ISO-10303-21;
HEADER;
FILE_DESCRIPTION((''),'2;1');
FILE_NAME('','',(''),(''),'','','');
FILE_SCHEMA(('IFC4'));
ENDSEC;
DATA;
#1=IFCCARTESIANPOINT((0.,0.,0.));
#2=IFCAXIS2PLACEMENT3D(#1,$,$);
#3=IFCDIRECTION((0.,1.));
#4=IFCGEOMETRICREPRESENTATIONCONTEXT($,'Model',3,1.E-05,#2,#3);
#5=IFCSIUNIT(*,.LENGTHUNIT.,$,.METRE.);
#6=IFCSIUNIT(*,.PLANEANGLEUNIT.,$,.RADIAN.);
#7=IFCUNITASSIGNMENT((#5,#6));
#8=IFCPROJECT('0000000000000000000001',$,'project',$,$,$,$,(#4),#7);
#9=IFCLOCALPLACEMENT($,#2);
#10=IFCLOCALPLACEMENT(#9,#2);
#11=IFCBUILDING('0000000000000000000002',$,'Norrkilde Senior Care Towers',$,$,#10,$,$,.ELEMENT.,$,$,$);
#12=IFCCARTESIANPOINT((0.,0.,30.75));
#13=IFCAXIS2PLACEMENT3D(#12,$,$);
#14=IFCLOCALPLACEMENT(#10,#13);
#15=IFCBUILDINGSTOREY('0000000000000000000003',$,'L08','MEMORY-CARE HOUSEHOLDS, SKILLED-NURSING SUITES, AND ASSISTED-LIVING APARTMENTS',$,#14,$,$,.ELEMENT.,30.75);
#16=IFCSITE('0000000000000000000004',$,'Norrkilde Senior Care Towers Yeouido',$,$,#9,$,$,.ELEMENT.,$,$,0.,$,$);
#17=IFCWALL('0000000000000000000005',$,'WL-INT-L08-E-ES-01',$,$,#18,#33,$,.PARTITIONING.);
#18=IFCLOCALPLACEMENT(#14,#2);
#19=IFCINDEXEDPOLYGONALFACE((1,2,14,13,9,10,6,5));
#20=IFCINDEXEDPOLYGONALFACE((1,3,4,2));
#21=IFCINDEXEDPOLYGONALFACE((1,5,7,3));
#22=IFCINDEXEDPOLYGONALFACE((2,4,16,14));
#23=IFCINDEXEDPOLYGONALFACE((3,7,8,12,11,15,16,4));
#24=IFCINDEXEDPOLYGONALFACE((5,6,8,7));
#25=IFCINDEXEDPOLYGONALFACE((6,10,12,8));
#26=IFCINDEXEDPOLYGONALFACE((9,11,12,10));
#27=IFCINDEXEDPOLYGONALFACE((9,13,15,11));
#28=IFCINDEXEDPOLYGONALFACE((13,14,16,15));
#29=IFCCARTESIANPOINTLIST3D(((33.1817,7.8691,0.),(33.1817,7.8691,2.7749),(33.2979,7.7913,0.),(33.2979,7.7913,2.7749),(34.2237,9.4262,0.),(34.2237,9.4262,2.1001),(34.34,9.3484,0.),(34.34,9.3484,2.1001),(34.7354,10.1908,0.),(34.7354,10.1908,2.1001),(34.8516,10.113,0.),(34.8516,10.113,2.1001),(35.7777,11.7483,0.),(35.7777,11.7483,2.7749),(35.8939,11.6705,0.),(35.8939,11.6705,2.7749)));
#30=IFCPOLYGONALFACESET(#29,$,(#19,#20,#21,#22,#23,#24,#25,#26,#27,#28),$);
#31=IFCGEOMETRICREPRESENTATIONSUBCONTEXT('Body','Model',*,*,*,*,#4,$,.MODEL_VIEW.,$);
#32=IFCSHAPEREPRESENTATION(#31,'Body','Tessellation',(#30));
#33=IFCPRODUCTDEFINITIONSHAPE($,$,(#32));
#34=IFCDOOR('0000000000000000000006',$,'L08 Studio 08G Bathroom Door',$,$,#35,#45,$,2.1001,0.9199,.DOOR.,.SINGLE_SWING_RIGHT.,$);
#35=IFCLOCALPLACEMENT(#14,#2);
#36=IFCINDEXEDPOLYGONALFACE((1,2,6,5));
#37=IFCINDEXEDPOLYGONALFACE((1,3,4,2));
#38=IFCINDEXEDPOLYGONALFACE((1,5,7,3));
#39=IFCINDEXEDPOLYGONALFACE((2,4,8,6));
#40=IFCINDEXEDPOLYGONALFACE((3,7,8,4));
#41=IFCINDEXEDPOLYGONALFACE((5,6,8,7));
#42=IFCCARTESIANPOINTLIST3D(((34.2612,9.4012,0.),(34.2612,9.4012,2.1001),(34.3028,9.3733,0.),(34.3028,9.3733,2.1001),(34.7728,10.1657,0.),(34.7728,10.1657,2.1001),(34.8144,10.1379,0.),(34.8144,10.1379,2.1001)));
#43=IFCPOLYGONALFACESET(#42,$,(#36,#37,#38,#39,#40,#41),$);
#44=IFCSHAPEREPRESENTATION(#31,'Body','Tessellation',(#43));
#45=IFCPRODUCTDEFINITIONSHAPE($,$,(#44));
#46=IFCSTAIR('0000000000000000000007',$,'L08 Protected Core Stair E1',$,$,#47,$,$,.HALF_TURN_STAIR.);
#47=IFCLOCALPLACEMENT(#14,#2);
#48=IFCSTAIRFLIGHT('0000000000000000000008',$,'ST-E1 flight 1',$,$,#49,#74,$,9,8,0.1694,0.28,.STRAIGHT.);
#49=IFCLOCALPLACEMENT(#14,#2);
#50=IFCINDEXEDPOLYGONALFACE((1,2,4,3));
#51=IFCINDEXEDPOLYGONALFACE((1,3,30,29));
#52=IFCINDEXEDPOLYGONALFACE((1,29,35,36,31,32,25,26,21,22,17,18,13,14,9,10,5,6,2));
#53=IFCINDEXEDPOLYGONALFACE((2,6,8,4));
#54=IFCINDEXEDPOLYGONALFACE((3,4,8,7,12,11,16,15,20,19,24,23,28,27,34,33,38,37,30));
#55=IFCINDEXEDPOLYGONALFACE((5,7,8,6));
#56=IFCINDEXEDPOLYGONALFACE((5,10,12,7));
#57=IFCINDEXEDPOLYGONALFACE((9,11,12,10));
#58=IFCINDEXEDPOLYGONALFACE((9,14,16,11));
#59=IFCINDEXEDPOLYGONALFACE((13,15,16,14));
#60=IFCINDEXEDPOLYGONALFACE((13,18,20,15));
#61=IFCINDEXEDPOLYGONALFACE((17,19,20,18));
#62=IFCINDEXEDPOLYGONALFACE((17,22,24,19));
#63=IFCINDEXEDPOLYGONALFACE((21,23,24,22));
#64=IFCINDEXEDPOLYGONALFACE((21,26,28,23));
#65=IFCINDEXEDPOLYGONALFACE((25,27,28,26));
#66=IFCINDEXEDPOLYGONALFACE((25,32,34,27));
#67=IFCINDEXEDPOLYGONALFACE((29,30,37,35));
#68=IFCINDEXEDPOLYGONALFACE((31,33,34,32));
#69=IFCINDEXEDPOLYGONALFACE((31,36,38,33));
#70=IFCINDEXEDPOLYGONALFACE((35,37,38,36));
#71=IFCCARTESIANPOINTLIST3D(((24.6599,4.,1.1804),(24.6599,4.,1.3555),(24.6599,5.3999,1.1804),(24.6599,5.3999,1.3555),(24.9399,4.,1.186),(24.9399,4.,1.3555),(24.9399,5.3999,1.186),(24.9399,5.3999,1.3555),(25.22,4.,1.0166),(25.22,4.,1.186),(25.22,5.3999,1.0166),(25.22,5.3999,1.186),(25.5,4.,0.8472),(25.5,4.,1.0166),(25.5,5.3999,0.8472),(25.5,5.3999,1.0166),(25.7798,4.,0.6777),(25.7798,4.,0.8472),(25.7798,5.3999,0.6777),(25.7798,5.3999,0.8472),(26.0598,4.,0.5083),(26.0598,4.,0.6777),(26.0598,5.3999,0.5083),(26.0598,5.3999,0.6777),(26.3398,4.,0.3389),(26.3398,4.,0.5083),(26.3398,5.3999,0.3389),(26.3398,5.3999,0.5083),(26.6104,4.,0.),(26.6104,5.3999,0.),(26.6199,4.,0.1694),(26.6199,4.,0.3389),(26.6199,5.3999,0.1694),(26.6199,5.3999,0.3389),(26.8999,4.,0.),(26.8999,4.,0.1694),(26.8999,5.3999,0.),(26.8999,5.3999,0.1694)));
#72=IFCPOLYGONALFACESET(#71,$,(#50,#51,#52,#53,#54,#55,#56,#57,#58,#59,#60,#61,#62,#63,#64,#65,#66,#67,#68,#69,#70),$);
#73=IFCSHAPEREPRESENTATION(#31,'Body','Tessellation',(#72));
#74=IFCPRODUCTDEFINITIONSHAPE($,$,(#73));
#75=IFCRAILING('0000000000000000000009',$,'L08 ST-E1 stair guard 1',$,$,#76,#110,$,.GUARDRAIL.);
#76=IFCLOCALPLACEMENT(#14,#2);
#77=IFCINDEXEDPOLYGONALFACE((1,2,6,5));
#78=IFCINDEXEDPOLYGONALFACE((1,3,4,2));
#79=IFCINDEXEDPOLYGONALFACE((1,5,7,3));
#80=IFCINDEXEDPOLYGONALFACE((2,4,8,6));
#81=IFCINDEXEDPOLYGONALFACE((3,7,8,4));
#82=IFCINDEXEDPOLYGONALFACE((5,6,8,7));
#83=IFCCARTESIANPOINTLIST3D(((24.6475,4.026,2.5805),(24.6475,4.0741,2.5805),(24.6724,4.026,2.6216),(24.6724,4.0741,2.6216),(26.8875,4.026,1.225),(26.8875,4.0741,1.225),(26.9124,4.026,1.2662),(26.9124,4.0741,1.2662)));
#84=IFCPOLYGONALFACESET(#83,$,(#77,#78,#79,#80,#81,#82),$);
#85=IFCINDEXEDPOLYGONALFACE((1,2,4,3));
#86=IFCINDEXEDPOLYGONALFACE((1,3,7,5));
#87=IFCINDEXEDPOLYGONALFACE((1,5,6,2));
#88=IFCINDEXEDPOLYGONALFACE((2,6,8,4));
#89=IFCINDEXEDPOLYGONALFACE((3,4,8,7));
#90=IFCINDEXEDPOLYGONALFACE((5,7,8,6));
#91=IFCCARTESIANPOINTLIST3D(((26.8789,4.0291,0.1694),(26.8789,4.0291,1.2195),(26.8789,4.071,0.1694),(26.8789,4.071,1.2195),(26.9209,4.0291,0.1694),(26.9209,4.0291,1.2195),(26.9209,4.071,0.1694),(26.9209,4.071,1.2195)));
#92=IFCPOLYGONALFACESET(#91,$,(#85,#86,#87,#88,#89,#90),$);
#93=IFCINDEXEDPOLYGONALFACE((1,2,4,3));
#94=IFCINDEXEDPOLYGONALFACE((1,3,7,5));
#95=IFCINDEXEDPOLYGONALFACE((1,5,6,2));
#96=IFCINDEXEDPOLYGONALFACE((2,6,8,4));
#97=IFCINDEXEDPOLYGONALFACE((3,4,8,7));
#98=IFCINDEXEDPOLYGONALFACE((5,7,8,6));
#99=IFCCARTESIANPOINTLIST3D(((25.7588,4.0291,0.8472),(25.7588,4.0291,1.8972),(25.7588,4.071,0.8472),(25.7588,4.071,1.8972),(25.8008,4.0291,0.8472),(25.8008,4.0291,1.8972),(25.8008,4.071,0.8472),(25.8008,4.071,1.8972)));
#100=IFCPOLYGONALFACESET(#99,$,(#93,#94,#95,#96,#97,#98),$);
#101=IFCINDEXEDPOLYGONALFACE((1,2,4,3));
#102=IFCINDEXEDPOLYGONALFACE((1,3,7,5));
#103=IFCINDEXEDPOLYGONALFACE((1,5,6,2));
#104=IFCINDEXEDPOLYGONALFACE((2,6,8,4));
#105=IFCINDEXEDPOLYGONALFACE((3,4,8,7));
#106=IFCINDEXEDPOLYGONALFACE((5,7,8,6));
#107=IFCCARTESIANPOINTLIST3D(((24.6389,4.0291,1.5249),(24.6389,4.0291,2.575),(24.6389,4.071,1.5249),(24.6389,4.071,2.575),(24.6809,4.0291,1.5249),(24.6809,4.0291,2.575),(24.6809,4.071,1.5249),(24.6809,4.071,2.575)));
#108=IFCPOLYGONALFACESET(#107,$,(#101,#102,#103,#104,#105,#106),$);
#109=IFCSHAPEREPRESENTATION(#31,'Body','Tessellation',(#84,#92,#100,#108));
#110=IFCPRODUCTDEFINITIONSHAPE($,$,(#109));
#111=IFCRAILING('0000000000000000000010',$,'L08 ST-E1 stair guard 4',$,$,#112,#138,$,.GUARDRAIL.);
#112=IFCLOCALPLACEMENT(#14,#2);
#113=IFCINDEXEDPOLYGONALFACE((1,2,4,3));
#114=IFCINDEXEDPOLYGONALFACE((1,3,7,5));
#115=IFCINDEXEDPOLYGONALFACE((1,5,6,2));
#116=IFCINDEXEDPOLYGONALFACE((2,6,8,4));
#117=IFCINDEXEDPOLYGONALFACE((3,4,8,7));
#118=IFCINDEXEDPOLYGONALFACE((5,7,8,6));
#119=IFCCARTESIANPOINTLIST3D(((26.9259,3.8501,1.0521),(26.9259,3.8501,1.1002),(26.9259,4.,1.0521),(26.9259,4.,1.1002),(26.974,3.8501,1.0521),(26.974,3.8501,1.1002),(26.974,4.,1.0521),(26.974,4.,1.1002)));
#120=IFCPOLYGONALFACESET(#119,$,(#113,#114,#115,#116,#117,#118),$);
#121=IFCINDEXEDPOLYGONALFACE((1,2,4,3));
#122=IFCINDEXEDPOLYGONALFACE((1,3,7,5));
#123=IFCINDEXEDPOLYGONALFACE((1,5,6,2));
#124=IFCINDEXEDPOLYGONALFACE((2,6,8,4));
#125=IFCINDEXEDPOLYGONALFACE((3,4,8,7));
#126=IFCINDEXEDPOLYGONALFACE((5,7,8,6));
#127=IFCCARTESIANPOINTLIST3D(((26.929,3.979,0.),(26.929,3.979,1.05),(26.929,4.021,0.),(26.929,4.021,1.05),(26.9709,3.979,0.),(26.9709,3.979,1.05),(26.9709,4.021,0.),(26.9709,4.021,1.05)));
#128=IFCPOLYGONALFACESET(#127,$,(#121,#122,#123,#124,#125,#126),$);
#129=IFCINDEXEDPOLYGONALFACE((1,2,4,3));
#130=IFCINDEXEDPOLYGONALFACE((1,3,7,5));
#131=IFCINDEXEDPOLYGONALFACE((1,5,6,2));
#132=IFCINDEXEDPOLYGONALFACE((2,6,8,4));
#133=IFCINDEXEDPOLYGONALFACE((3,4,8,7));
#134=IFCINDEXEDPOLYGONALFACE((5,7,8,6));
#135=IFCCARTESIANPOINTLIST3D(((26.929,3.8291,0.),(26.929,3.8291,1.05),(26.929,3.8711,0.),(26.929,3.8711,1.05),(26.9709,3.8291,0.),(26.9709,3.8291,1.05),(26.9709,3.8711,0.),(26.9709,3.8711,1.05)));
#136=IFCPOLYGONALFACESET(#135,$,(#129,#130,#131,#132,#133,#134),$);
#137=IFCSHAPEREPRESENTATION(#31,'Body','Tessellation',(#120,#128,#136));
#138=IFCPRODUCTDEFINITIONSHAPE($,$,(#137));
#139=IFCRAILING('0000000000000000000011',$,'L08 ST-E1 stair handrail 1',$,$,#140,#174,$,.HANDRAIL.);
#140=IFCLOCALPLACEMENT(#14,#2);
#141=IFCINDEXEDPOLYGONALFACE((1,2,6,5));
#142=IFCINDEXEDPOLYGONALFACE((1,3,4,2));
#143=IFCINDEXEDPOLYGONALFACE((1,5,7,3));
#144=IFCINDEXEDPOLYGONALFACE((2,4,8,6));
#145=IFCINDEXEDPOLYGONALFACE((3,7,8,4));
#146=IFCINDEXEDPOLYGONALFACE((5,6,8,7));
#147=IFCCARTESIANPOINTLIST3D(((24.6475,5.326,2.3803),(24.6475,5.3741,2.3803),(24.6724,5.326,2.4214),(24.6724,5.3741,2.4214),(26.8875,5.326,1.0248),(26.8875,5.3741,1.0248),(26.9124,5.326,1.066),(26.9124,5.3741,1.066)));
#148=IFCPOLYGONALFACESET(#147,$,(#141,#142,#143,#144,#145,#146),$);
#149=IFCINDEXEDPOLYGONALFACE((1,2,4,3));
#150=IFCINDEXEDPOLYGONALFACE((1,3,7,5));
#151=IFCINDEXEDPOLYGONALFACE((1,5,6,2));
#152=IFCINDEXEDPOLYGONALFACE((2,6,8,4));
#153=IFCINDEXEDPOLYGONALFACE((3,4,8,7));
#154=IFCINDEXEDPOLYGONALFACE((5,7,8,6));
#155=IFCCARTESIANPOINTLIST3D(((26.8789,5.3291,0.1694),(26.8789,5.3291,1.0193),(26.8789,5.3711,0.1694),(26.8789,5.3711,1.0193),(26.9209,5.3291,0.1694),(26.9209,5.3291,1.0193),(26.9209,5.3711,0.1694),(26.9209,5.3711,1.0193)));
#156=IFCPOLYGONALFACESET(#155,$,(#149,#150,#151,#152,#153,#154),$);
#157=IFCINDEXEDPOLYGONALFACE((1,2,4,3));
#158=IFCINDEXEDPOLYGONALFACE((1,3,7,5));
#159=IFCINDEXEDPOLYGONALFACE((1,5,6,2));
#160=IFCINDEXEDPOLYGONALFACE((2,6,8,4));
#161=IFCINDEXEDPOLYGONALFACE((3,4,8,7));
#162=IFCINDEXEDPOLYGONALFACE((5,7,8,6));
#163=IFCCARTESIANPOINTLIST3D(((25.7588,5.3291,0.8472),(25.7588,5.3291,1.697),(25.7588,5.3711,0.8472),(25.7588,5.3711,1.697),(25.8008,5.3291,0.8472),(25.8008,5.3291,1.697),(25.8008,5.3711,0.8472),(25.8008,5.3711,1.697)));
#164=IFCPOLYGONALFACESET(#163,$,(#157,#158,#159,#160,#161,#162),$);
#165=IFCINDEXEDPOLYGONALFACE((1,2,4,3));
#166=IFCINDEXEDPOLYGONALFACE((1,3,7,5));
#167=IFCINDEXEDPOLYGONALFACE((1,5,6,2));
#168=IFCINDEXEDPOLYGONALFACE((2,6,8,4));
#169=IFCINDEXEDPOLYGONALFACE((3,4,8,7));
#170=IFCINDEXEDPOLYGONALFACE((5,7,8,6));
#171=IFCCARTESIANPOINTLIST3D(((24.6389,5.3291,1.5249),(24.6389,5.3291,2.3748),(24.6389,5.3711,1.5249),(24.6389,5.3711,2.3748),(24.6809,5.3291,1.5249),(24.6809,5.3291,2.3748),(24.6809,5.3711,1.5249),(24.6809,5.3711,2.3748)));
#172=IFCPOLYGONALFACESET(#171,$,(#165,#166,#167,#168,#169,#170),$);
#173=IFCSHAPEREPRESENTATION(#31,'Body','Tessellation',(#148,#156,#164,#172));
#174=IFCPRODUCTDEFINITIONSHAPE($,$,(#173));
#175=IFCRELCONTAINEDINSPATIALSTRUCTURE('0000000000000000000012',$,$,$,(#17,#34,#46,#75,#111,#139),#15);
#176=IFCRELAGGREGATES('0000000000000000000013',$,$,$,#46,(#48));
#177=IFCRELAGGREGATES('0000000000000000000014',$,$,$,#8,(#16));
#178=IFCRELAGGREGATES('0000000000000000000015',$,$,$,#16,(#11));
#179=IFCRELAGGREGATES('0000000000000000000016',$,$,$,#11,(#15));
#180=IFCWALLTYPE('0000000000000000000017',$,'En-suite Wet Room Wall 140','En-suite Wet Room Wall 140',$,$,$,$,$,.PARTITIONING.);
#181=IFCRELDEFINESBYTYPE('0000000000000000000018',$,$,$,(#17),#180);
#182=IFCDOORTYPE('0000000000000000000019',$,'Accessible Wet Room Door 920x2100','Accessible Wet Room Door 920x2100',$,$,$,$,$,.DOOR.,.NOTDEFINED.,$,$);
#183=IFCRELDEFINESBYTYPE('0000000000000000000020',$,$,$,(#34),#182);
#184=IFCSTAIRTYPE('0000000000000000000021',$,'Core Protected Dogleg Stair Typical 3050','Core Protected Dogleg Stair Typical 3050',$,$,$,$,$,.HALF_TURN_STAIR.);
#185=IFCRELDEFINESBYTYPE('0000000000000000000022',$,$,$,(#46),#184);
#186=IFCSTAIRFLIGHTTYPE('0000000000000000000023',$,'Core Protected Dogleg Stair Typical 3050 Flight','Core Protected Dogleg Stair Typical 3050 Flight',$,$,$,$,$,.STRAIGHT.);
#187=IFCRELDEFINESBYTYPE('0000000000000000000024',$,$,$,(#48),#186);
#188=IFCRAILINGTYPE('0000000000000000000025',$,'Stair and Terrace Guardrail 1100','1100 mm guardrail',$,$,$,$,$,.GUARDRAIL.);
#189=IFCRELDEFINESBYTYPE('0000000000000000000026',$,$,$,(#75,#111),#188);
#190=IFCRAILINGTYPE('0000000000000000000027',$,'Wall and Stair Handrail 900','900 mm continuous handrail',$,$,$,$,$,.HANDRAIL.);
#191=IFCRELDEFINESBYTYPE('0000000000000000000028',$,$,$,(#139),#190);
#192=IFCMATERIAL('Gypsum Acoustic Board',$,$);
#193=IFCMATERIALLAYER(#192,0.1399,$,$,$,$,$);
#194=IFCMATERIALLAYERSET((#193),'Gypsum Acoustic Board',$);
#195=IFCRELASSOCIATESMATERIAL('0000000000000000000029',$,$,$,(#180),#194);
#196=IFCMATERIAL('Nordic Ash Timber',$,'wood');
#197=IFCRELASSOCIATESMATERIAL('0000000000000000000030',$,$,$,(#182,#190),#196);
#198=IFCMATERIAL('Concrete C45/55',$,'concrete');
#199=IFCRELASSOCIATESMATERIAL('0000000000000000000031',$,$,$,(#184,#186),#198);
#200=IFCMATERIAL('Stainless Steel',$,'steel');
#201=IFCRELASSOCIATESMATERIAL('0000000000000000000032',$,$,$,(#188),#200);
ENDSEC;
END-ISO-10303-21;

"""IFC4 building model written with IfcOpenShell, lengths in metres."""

from ifc_helpers import new_model, si_unit, direction, frame, frame_2d, origin, origin_2d, place, context, subcontext, project, spatial, polyline, rectangle, outline, extrude, source, transform, mapped, material, layer, layer_set, type_object, type_shapes, element, fill, aggregate, save


model = new_model("IFC4")

# Units and contexts
model_context = context("Model", 3, precision=1e-05, world=origin(), true_north=direction((0.0, 1.0)))
body_context = subcontext(model_context, "Body", "Model", "MODEL_VIEW")
ifc_project = project(units=[si_unit("LENGTHUNIT", "METRE"), si_unit("PLANEANGLEUNIT", "RADIAN")], contexts=[model_context])

# Site, building, storey
site_placement = place(None, origin())
site = spatial("IfcSite", under=ifc_project, at=site_placement, Name="Norrkilde Senior Care Towers Yeouido", CompositionType="ELEMENT", RefElevation=0.0)
building_placement = place(site_placement, origin())
building = spatial("IfcBuilding", under=site, at=building_placement, Name="Norrkilde Senior Care Towers", CompositionType="ELEMENT")
storey_placement = place(building_placement, frame((0.0, 0.0, 30.75)))
storey = spatial("IfcBuildingStorey", under=building, at=storey_placement, Name="L08", Description="MEMORY-CARE HOUSEHOLDS, SKILLED-NURSING SUITES, AND ASSISTED-LIVING APARTMENTS", CompositionType="ELEMENT", Elevation=30.75)

# Shared definitions
ifc_material_1 = material(Name="Concrete C45/55", Category="concrete")
ifc_material_2 = material(Name="Stainless Steel", Category="steel")

# Shared definitions
ifc_material_3 = material(Name="Gypsum Acoustic Board")
ifc_layer_1 = layer(ifc_material_3, 0.1399)
ifc_layer_set_1 = layer_set([ifc_layer_1], Name="Gypsum Acoustic Board")
wall_type_1 = type_object("IfcWallType", Name="En-suite Wet Room Wall 140", Description="En-suite Wet Room Wall 140", PredefinedType="PARTITIONING", material=ifc_layer_set_1)

# Wall, opening, door
shared_shape_1 = source(origin(), body_context, "Body", "SweptSolid", [
    extrude(rectangle(XDim=4.6677, YDim=0.1399, at=frame_2d((2.334, 0.0))), origin(), (0.0, 0.0, 1.0), 2.7749),
])
wall_1_placement = place(storey_placement, frame((33.2397, 7.8301, 0.0), z_axis=(0.0, 0.0, 1.0), x_axis=(0.55616, 0.831075, 0.0)))
wall_1 = element("IfcWall", 1, at=wall_1_placement, inside=storey, type_object=wall_type_1, Name="WL-INT-L08-E-ES-01", PredefinedType="PARTITIONING", context=body_context, shape_type="MappedRepresentation", body=[
    mapped(shared_shape_1, transform((0.0, 0.0, 0.0), x_axis=(1.0, 0.0, 0.0), y_axis=(0.0, 1.0, 0.0), z_axis=(0.0, 0.0, 1.0), scale=1.0)),
])
opening_1_placement = place(wall_1_placement, frame((1.8738, 0.0, 0.0)))
opening_1 = element("IfcOpeningElement", 2, at=opening_1_placement, cuts=wall_1, PredefinedType="OPENING", context=body_context, shape_type="SweptSolid", body=[
    extrude(rectangle(XDim=0.9199, YDim=2.1001, at=frame_2d((0.46, 1.05))), frame((0.0, 0.0798, 0.0), z_axis=(0.0, -1.0, 0.0), x_axis=(1.0, 0.0, 0.0)), (0.0, 0.0, 1.0), 0.1599),
])
ifc_material_4 = material(Name="Nordic Ash Timber", Category="wood")
door_type_1 = type_object("IfcDoorType", Name="Accessible Wet Room Door 920x2100", Description="Accessible Wet Room Door 920x2100", OperationType="NOTDEFINED", PredefinedType="DOOR", material=ifc_material_4)
shared_shape_2 = source(origin(), body_context, "Body", "SweptSolid", [
    extrude(rectangle(XDim=0.9199, YDim=2.1001, at=frame_2d((0.46, 1.05))), frame((0.0, 0.0249, 0.0), z_axis=(0.0, -1.0, 0.0), x_axis=(1.0, 0.0, 0.0)), (0.0, 0.0, 1.0), 0.05),
])
type_shapes(door_type_1, [shared_shape_2])
door_1_placement = place(opening_1_placement, origin())
door_1 = element("IfcDoor", 3, at=door_1_placement, inside=storey, type_object=door_type_1, Name="L08 Studio 08G Bathroom Door", OperationType="SINGLE_SWING_RIGHT", OverallHeight=2.1001, OverallWidth=0.9199, PredefinedType="DOOR", context=body_context, shape_type="MappedRepresentation", body=[
    mapped(shared_shape_2, transform((0.0, 0.0, 0.0), x_axis=(1.0, 0.0, 0.0), y_axis=(0.0, 1.0, 0.0), z_axis=(0.0, 0.0, 1.0), scale=1.0)),
])
fill(opening_1, door_1)

# Stair, stair flight
stair_type = type_object("IfcStairType", Name="Core Protected Dogleg Stair Typical 3050", Description="Core Protected Dogleg Stair Typical 3050", PredefinedType="HALF_TURN_STAIR", material=ifc_material_1)
stair_placement = place(storey_placement, origin())
stair = element("IfcStair", 4, at=stair_placement, inside=storey, type_object=stair_type, Name="L08 Protected Core Stair E1", PredefinedType="HALF_TURN_STAIR")
stair_flight_type = type_object("IfcStairFlightType", Name="Core Protected Dogleg Stair Typical 3050 Flight", Description="Core Protected Dogleg Stair Typical 3050 Flight", PredefinedType="STRAIGHT", material=ifc_material_1)
stair_flight_placement = place(storey_placement, frame((26.8999, 4.7, 0.0), z_axis=(0.0, 0.0, 1.0), x_axis=(-1.0, 0.0, 0.0)))
stair_flight = element("IfcStairFlight", 5, at=stair_flight_placement, type_object=stair_flight_type, Name="ST-E1 flight 1", NumberOfRisers=9, NumberOfTreads=8, PredefinedType="STRAIGHT", RiserHeight=0.1694, TreadLength=0.28, context=body_context, shape_type="SweptSolid", body=[
    extrude(outline(polyline([(0.0, 0.0), (0.0, 0.1694), (0.28, 0.1694), (0.28, 0.3389), (0.5601, 0.3389), (0.5601, 0.5083), (0.8401, 0.5083), (0.8401, 0.6777), (1.1201, 0.6777), (1.1201, 0.8472), (1.3999, 0.8472), (1.3999, 1.0166), (1.6799, 1.0166), (1.6799, 1.186), (1.96, 1.186), (1.96, 1.3555), (2.24, 1.3555), (2.24, 1.5249), (2.24, 1.1804), (0.2896, 0.0), (0.0, 0.0)])), frame((0.0, 0.7, 0.0), z_axis=(0.0, -1.0, 0.0), x_axis=(1.0, 0.0, 0.0)), (0.0, 0.0, 1.0), 1.3999),
])
aggregate(stair, [stair_flight])

# Railings
railing_type_1 = type_object("IfcRailingType", Name="Stair and Terrace Guardrail 1100", Description="1100 mm guardrail", PredefinedType="GUARDRAIL", material=ifc_material_2)
railing_1_placement = place(storey_placement, frame((26.8999, 4.05, 0.1694)))
element("IfcRailing", 6, at=railing_1_placement, inside=storey, type_object=railing_type_1, Name="L08 ST-E1 stair guard 1", PredefinedType="GUARDRAIL", context=body_context, shape_type="SweptSolid", body=[
    extrude(rectangle(XDim=0.0481, YDim=0.0481, at=origin_2d()), frame((0.0, 0.0, 1.0762), z_axis=(-0.855553, 0.0, 0.517715), x_axis=(0.0, -1.0, 0.0)), (0.0, 0.0, 1.0), 2.6182),
    extrude(rectangle(XDim=0.042, YDim=0.042, at=origin_2d()), origin(), (0.0, 0.0, 1.0), 1.05),
    extrude(rectangle(XDim=0.042, YDim=0.042, at=origin_2d()), frame((-1.1201, 0.0, 0.6777)), (0.0, 0.0, 1.0), 1.05),
    extrude(rectangle(XDim=0.042, YDim=0.042, at=origin_2d()), frame((-2.24, 0.0, 1.3555)), (0.0, 0.0, 1.0), 1.05),
])
railing_2_placement = place(storey_placement, frame((26.95, 4.0, 0.0)))
element("IfcRailing", 7, at=railing_2_placement, inside=storey, type_object=railing_type_1, Name="L08 ST-E1 stair guard 4", PredefinedType="GUARDRAIL", context=body_context, shape_type="SweptSolid", body=[
    extrude(rectangle(XDim=0.0481, YDim=0.0481, at=origin_2d()), frame((0.0, 0.0, 1.0762), z_axis=(0.0, -1.0, 0.0), x_axis=(1.0, 0.0, 0.0)), (0.0, 0.0, 1.0), 0.1499),
    extrude(rectangle(XDim=0.042, YDim=0.042, at=origin_2d()), origin(), (0.0, 0.0, 1.0), 1.05),
    extrude(rectangle(XDim=0.042, YDim=0.042, at=origin_2d()), frame((0.0, -0.1499, 0.0)), (0.0, 0.0, 1.0), 1.05),
])
railing_type_2 = type_object("IfcRailingType", Name="Wall and Stair Handrail 900", Description="900 mm continuous handrail", PredefinedType="HANDRAIL", material=ifc_material_4)
railing_3_placement = place(storey_placement, frame((26.8999, 5.3501, 0.1694)))
element("IfcRailing", 8, at=railing_3_placement, inside=storey, type_object=railing_type_2, Name="L08 ST-E1 stair handrail 1", PredefinedType="HANDRAIL", context=body_context, shape_type="SweptSolid", body=[
    extrude(rectangle(XDim=0.0481, YDim=0.0481, at=origin_2d()), frame((0.0, 0.0, 0.876), z_axis=(-0.855553, 0.0, 0.517715), x_axis=(0.0, -1.0, 0.0)), (0.0, 0.0, 1.0), 2.6182),
    extrude(rectangle(XDim=0.042, YDim=0.042, at=origin_2d()), origin(), (0.0, 0.0, 1.0), 0.8499),
    extrude(rectangle(XDim=0.042, YDim=0.042, at=origin_2d()), frame((-1.1201, 0.0, 0.6777)), (0.0, 0.0, 1.0), 0.8499),
    extrude(rectangle(XDim=0.042, YDim=0.042, at=origin_2d()), frame((-2.24, 0.0, 1.3555)), (0.0, 0.0, 1.0), 0.8499),
])

save(model, "model.ifc")
